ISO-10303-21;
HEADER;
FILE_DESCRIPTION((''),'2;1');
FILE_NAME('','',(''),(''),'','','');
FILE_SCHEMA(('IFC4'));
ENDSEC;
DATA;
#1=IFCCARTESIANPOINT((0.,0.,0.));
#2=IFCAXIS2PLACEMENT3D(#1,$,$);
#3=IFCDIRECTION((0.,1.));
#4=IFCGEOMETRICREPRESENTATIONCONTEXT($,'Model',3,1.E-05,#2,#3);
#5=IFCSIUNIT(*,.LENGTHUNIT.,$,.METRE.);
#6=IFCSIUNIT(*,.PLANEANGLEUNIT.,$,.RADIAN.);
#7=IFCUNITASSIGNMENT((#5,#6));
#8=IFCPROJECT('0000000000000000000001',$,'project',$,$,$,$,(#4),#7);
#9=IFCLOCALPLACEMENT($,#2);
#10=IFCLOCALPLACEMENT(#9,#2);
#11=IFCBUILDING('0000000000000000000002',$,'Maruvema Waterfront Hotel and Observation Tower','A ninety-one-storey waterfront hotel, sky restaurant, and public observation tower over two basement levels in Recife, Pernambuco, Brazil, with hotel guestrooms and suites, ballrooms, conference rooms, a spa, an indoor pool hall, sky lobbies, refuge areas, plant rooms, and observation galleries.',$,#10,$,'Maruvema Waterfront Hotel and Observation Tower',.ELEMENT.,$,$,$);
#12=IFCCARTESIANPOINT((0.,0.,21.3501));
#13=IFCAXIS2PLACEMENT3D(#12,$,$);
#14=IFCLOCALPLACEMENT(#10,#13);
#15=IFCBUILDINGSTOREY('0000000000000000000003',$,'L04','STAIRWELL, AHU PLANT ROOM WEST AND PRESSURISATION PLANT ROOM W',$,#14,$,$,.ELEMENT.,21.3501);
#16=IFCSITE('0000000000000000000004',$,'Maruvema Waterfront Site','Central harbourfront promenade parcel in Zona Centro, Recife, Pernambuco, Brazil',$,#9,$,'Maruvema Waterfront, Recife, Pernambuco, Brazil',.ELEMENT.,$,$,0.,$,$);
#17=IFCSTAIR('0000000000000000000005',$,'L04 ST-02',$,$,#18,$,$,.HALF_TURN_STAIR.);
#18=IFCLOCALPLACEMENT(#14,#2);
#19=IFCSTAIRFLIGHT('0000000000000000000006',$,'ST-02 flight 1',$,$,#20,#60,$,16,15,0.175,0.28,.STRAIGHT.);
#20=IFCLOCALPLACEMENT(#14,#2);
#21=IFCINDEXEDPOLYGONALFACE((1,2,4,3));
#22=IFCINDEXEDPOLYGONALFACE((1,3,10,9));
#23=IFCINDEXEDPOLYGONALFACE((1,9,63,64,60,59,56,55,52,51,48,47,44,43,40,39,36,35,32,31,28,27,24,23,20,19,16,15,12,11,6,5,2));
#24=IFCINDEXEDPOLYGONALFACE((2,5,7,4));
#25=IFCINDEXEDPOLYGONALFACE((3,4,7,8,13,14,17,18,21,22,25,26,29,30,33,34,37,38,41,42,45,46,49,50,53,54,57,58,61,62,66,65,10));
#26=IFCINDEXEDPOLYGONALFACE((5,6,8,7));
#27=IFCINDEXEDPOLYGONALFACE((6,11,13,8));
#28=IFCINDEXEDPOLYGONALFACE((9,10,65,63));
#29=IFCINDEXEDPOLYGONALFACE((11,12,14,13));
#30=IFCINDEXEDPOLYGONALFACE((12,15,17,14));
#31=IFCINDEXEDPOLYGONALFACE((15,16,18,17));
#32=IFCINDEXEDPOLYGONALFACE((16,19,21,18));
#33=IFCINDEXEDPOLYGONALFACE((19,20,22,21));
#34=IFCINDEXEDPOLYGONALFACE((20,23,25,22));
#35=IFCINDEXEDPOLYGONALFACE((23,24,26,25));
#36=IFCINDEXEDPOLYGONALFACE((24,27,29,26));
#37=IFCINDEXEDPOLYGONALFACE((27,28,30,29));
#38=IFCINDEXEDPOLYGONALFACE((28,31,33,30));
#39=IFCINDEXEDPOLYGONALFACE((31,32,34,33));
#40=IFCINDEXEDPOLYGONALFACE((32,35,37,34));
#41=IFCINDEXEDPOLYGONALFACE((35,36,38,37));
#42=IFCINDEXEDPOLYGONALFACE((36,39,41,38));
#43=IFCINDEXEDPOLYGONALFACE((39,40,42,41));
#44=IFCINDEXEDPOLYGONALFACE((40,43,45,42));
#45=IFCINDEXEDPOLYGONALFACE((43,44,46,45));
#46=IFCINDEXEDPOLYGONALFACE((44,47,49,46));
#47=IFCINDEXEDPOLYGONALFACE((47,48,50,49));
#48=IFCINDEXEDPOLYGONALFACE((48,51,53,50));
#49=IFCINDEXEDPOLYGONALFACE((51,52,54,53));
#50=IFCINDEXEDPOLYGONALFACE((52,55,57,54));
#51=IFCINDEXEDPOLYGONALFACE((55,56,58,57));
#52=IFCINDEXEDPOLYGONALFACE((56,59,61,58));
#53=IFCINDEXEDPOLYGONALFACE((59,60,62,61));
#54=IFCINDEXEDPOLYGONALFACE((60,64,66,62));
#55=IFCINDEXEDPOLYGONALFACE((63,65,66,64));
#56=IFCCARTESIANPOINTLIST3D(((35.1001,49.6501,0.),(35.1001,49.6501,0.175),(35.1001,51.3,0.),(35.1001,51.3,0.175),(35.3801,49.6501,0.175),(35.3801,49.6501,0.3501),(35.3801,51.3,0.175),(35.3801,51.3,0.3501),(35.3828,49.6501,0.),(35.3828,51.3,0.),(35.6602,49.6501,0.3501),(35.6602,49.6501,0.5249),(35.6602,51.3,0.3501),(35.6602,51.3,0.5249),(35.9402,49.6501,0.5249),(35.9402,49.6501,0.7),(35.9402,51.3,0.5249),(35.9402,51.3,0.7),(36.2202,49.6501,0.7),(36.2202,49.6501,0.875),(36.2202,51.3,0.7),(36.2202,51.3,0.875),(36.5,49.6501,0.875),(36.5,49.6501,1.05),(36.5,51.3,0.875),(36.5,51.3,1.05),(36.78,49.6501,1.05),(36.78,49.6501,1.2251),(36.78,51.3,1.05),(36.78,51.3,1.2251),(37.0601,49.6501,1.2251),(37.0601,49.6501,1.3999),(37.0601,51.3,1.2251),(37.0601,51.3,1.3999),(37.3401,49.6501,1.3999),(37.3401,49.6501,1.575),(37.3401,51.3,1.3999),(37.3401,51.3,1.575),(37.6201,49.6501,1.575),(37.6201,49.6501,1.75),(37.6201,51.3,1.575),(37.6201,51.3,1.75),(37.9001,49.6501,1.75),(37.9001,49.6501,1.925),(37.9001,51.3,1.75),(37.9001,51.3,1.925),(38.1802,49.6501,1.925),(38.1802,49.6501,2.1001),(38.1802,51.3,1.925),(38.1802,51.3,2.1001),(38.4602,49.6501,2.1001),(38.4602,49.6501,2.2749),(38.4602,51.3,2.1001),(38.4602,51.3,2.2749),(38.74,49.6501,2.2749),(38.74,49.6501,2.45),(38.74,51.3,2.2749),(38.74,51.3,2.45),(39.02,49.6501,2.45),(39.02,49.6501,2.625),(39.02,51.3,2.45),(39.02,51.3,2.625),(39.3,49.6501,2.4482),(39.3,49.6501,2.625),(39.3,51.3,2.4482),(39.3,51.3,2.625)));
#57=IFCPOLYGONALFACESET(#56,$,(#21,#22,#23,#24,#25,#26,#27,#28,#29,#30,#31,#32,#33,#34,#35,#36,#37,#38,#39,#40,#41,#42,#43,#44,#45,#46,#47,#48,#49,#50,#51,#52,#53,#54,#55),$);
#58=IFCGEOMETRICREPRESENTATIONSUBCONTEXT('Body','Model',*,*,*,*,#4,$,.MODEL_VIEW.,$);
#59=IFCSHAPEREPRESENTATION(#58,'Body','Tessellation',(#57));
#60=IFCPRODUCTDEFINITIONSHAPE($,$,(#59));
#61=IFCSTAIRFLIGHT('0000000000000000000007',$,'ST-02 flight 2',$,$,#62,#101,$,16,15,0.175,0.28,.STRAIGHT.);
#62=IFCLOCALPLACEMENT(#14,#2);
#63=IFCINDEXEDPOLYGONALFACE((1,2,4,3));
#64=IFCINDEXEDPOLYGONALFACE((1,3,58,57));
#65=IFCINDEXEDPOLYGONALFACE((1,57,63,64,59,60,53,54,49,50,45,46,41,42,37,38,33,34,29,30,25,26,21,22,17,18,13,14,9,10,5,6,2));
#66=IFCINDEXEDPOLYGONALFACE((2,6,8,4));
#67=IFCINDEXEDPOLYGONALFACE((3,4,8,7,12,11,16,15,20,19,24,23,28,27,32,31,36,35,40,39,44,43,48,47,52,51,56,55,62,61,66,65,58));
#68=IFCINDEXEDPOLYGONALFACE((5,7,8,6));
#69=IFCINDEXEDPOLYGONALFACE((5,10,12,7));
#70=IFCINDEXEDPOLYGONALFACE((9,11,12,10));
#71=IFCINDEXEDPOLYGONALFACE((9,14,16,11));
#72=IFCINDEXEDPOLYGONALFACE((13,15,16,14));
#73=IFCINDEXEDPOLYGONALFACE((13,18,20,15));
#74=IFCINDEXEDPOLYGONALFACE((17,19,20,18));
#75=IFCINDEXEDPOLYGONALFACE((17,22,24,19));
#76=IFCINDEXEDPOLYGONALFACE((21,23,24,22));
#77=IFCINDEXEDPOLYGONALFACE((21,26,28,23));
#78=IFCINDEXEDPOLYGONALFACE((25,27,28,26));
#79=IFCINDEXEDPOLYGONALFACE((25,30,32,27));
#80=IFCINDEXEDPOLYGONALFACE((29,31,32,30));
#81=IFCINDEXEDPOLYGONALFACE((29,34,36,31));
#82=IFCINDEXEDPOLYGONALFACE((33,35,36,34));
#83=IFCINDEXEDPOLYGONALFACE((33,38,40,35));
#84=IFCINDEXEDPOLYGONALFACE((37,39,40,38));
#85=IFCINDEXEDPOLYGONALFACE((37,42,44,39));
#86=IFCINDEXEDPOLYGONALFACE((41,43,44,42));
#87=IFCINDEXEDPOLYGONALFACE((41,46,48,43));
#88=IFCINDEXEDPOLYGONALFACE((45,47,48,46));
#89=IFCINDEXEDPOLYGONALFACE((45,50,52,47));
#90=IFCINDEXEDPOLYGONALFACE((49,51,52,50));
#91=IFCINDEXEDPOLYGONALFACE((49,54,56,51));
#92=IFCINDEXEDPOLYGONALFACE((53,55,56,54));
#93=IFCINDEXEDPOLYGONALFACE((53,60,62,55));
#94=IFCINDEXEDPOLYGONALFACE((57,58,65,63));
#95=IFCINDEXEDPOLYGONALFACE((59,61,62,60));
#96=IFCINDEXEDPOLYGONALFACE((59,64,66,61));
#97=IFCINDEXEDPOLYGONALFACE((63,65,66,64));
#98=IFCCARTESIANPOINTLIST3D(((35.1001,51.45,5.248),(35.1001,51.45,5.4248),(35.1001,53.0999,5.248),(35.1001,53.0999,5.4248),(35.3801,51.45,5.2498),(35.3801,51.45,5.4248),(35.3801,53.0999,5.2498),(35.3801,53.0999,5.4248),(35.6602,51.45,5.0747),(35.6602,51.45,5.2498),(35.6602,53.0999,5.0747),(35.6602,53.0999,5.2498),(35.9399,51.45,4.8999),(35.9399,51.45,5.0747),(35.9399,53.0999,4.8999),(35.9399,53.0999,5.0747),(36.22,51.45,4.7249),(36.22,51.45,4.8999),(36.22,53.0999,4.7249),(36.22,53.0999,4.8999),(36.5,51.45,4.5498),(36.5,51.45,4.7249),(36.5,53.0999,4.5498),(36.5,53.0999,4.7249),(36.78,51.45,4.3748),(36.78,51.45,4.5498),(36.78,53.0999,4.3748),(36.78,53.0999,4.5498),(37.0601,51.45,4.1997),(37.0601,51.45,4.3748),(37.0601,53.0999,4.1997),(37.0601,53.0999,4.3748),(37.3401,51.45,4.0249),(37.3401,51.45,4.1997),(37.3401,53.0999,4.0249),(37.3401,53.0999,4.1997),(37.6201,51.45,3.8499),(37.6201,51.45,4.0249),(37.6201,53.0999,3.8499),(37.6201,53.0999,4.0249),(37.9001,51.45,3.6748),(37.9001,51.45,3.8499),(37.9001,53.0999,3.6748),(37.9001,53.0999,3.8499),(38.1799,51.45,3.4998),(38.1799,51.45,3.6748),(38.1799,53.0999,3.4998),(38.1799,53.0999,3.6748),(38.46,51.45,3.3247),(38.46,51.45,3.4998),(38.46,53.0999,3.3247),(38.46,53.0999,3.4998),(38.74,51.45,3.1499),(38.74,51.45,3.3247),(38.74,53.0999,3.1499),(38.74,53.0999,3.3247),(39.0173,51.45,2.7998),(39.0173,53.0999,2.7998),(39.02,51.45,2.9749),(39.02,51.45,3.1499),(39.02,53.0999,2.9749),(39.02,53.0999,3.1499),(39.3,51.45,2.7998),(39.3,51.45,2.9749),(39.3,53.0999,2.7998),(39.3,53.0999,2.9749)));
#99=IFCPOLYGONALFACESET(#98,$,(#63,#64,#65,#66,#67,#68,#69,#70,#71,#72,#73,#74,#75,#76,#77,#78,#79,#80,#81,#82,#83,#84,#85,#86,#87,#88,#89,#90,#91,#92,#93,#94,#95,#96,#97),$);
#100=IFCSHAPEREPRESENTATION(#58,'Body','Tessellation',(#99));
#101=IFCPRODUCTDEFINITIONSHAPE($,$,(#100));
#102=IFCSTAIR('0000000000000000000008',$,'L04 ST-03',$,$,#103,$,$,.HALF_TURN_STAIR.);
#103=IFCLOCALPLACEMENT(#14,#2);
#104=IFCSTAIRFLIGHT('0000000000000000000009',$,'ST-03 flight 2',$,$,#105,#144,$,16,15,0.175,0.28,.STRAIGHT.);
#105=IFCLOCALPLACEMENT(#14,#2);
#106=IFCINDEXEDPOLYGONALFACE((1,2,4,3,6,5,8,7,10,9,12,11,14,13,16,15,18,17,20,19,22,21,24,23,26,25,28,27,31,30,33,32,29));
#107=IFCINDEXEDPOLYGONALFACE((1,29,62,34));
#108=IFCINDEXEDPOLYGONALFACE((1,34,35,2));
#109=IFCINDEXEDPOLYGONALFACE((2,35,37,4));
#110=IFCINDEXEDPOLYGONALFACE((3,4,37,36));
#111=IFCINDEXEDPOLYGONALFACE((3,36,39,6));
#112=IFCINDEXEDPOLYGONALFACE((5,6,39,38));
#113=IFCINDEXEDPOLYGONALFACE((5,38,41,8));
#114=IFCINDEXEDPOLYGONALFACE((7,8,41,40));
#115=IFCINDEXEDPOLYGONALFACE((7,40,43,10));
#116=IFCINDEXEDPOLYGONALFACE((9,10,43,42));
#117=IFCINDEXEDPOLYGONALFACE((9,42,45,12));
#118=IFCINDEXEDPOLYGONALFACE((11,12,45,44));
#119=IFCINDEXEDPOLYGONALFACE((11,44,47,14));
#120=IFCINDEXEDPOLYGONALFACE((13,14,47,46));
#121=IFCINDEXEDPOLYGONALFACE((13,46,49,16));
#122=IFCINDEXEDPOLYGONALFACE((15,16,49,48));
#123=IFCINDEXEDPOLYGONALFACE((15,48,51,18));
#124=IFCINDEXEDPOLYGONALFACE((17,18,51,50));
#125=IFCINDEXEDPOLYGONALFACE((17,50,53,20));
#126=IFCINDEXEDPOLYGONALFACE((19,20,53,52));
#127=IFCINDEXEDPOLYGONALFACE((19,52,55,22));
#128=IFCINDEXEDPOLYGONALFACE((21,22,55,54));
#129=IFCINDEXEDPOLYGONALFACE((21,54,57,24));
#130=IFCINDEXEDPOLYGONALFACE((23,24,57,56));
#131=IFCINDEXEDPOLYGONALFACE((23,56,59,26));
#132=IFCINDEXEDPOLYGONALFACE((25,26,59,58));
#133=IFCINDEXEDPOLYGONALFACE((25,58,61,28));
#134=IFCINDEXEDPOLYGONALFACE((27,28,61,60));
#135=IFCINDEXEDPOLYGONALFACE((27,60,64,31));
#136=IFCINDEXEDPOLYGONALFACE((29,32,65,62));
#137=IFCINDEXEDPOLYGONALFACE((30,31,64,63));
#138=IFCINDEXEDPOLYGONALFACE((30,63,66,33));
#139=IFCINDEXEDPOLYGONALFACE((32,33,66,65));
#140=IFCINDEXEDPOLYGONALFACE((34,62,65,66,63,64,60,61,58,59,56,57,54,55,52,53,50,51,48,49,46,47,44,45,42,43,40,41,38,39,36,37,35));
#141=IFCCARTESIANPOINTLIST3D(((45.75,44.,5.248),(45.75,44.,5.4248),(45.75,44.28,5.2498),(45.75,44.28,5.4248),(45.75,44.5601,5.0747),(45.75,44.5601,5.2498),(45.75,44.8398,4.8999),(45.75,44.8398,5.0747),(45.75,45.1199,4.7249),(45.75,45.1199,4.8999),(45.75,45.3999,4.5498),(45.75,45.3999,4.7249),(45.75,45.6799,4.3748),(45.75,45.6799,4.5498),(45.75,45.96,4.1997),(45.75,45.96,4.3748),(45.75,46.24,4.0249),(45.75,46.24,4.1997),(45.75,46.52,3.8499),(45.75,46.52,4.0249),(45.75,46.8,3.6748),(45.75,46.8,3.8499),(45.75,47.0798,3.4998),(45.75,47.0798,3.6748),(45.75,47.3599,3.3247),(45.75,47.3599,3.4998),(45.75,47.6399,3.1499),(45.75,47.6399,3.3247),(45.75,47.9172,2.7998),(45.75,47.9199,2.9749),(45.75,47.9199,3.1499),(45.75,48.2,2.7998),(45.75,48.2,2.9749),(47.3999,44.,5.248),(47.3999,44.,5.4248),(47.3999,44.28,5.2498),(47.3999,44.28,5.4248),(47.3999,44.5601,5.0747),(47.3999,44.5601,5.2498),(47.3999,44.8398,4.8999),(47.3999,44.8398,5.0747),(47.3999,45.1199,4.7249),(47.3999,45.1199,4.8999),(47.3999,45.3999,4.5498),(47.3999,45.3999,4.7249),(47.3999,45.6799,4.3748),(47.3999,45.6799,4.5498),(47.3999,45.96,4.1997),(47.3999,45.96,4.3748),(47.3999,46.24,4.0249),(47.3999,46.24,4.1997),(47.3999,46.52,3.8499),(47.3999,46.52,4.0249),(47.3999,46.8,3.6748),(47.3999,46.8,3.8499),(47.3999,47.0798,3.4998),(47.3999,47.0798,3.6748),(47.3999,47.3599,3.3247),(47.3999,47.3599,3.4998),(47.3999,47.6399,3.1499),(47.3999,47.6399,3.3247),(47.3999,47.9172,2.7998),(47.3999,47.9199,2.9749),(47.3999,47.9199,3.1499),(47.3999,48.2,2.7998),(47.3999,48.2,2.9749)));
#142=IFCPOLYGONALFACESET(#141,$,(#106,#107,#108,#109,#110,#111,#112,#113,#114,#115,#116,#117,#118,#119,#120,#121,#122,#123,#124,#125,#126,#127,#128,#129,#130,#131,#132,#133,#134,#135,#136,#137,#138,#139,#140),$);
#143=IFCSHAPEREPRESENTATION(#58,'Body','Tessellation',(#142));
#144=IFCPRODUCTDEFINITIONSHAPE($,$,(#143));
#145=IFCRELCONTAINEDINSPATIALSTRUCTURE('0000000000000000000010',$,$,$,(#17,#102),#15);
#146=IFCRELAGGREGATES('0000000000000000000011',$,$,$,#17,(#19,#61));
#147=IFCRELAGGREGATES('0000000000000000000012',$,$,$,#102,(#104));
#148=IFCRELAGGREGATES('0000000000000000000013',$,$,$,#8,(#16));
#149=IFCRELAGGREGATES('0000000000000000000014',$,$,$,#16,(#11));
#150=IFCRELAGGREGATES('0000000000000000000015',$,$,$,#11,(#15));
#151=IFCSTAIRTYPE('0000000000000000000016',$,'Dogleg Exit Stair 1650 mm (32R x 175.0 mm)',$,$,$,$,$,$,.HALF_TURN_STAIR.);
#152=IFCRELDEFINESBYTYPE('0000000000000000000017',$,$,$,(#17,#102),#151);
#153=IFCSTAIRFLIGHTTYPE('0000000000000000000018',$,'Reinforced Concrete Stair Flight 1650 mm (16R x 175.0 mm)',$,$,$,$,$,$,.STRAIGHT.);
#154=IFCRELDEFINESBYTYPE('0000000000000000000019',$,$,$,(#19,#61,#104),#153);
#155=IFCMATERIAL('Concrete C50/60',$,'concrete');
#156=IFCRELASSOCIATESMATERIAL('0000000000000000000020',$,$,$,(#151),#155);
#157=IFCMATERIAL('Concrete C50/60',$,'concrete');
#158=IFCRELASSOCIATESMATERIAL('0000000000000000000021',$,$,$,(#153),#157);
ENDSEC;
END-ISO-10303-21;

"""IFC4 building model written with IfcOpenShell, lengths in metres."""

from ifc_helpers import new_model, si_unit, direction, frame, origin, place, context, subcontext, project, spatial, polyline, outline, extrude, material, type_object, element, aggregate, save


model = new_model("IFC4")

# Units and contexts
model_context = context("Model", 3, precision=1e-05, world=origin(), true_north=direction((0.0, 1.0)))
body_context = subcontext(model_context, "Body", "Model", "MODEL_VIEW")
ifc_project = project(units=[si_unit("LENGTHUNIT", "METRE"), si_unit("PLANEANGLEUNIT", "RADIAN")], contexts=[model_context])

# Site, building, storey
site_placement = place(None, origin())
site = spatial("IfcSite", under=ifc_project, at=site_placement, Name="Maruvema Waterfront Site", Description="Central harbourfront promenade parcel in Zona Centro, Recife, Pernambuco, Brazil", LongName="Maruvema Waterfront, Recife, Pernambuco, Brazil", CompositionType="ELEMENT", RefElevation=0.0)
building_placement = place(site_placement, origin())
building = spatial("IfcBuilding", under=site, at=building_placement, Name="Maruvema Waterfront Hotel and Observation Tower", Description="A ninety-one-storey waterfront hotel, sky restaurant, and public observation tower over two basement levels in Recife, Pernambuco, Brazil, with hotel guestrooms and suites, ballrooms, conference rooms, a spa, an indoor pool hall, sky lobbies, refuge areas, plant rooms, and observation galleries.", LongName="Maruvema Waterfront Hotel and Observation Tower", CompositionType="ELEMENT")
storey_placement = place(building_placement, frame((0.0, 0.0, 21.3501)))
storey = spatial("IfcBuildingStorey", under=building, at=storey_placement, Name="L04", Description="STAIRWELL, AHU PLANT ROOM WEST AND PRESSURISATION PLANT ROOM W", CompositionType="ELEMENT", Elevation=21.3501)

# Stair, stair flights
ifc_material_1 = material(Name="Concrete C50/60", Category="concrete")
stair_type = type_object("IfcStairType", Name="Dogleg Exit Stair 1650 mm (32R x 175.0 mm)", PredefinedType="HALF_TURN_STAIR", material=ifc_material_1)
stair_1_placement = place(storey_placement, origin())
stair_1 = element("IfcStair", 1, at=stair_1_placement, inside=storey, type_object=stair_type, Name="L04 ST-02", PredefinedType="HALF_TURN_STAIR")
ifc_material_2 = material(Name="Concrete C50/60", Category="concrete")
stair_flight_type = type_object("IfcStairFlightType", Name="Reinforced Concrete Stair Flight 1650 mm (16R x 175.0 mm)", PredefinedType="STRAIGHT", material=ifc_material_2)
stair_flight_1_placement = place(storey_placement, frame((35.1001, 50.4751, 0.0), z_axis=(0.0, 0.0, 1.0), x_axis=(1.0, 0.0, 0.0)))
stair_flight_1 = element("IfcStairFlight", 2, at=stair_flight_1_placement, type_object=stair_flight_type, Name="ST-02 flight 1", NumberOfRisers=16, NumberOfTreads=15, PredefinedType="STRAIGHT", RiserHeight=0.175, TreadLength=0.28, context=body_context, shape_type="SweptSolid", body=[
    extrude(outline(polyline([(0.0, 0.0), (0.0, 0.175), (0.28, 0.175), (0.28, 0.3501), (0.5601, 0.3501), (0.5601, 0.5249), (0.8401, 0.5249), (0.8401, 0.7), (1.1201, 0.7), (1.1201, 0.875), (1.3999, 0.875), (1.3999, 1.05), (1.6799, 1.05), (1.6799, 1.2251), (1.96, 1.2251), (1.96, 1.3999), (2.24, 1.3999), (2.24, 1.575), (2.52, 1.575), (2.52, 1.75), (2.8, 1.75), (2.8, 1.925), (3.0801, 1.925), (3.0801, 2.1001), (3.3601, 2.1001), (3.3601, 2.2749), (3.6399, 2.2749), (3.6399, 2.45), (3.9199, 2.45), (3.9199, 2.625), (4.2, 2.625), (4.2, 2.8), (4.2, 2.4482), (0.2827, 0.0), (0.0, 0.0)])), frame((0.0, 0.825, 0.0), z_axis=(0.0, -1.0, 0.0), x_axis=(1.0, 0.0, 0.0)), (0.0, 0.0, 1.0), 1.6499),
])
stair_flight_2_placement = place(storey_placement, frame((39.3, 52.2749, 2.7998), z_axis=(0.0, 0.0, 1.0), x_axis=(-1.0, 0.0, 0.0)))
stair_flight_2 = element("IfcStairFlight", 3, at=stair_flight_2_placement, type_object=stair_flight_type, Name="ST-02 flight 2", NumberOfRisers=16, NumberOfTreads=15, PredefinedType="STRAIGHT", RiserHeight=0.175, TreadLength=0.28, context=body_context, shape_type="SweptSolid", body=[
    extrude(outline(polyline([(0.0, 0.0), (0.0, 0.175), (0.28, 0.175), (0.28, 0.3501), (0.5601, 0.3501), (0.5601, 0.5249), (0.8401, 0.5249), (0.8401, 0.7), (1.1201, 0.7), (1.1201, 0.875), (1.3999, 0.875), (1.3999, 1.05), (1.6799, 1.05), (1.6799, 1.2251), (1.96, 1.2251), (1.96, 1.3999), (2.24, 1.3999), (2.24, 1.575), (2.52, 1.575), (2.52, 1.75), (2.8, 1.75), (2.8, 1.925), (3.0801, 1.925), (3.0801, 2.1001), (3.3601, 2.1001), (3.3601, 2.2749), (3.6399, 2.2749), (3.6399, 2.45), (3.9199, 2.45), (3.9199, 2.625), (4.2, 2.625), (4.2, 2.8), (4.2, 2.4482), (0.2827, 0.0), (0.0, 0.0)])), frame((0.0, 0.825, 0.0), z_axis=(0.0, -1.0, 0.0), x_axis=(1.0, 0.0, 0.0)), (0.0, 0.0, 1.0), 1.6499),
])
aggregate(stair_1, [stair_flight_1, stair_flight_2])

# Stair, stair flight
stair_2_placement = place(storey_placement, origin())
stair_2 = element("IfcStair", 4, at=stair_2_placement, inside=storey, type_object=stair_type, Name="L04 ST-03", PredefinedType="HALF_TURN_STAIR")
stair_flight_3_placement = place(storey_placement, frame((46.575, 48.2, 2.7998), z_axis=(0.0, 0.0, 1.0), x_axis=(0.0, -1.0, 0.0)))
stair_flight_3 = element("IfcStairFlight", 5, at=stair_flight_3_placement, type_object=stair_flight_type, Name="ST-03 flight 2", NumberOfRisers=16, NumberOfTreads=15, PredefinedType="STRAIGHT", RiserHeight=0.175, TreadLength=0.28, context=body_context, shape_type="SweptSolid", body=[
    extrude(outline(polyline([(0.0, 0.0), (0.0, 0.175), (0.28, 0.175), (0.28, 0.3501), (0.5601, 0.3501), (0.5601, 0.5249), (0.8401, 0.5249), (0.8401, 0.7), (1.1201, 0.7), (1.1201, 0.875), (1.3999, 0.875), (1.3999, 1.05), (1.6799, 1.05), (1.6799, 1.2251), (1.96, 1.2251), (1.96, 1.3999), (2.24, 1.3999), (2.24, 1.575), (2.52, 1.575), (2.52, 1.75), (2.8, 1.75), (2.8, 1.925), (3.0801, 1.925), (3.0801, 2.1001), (3.3601, 2.1001), (3.3601, 2.2749), (3.6399, 2.2749), (3.6399, 2.45), (3.9199, 2.45), (3.9199, 2.625), (4.2, 2.625), (4.2, 2.8), (4.2, 2.4482), (0.2827, 0.0), (0.0, 0.0)])), frame((0.0, 0.825, 0.0), z_axis=(0.0, -1.0, 0.0), x_axis=(1.0, 0.0, 0.0)), (0.0, 0.0, 1.0), 1.6499),
])
aggregate(stair_2, [stair_flight_3])

save(model, "model.ifc")
